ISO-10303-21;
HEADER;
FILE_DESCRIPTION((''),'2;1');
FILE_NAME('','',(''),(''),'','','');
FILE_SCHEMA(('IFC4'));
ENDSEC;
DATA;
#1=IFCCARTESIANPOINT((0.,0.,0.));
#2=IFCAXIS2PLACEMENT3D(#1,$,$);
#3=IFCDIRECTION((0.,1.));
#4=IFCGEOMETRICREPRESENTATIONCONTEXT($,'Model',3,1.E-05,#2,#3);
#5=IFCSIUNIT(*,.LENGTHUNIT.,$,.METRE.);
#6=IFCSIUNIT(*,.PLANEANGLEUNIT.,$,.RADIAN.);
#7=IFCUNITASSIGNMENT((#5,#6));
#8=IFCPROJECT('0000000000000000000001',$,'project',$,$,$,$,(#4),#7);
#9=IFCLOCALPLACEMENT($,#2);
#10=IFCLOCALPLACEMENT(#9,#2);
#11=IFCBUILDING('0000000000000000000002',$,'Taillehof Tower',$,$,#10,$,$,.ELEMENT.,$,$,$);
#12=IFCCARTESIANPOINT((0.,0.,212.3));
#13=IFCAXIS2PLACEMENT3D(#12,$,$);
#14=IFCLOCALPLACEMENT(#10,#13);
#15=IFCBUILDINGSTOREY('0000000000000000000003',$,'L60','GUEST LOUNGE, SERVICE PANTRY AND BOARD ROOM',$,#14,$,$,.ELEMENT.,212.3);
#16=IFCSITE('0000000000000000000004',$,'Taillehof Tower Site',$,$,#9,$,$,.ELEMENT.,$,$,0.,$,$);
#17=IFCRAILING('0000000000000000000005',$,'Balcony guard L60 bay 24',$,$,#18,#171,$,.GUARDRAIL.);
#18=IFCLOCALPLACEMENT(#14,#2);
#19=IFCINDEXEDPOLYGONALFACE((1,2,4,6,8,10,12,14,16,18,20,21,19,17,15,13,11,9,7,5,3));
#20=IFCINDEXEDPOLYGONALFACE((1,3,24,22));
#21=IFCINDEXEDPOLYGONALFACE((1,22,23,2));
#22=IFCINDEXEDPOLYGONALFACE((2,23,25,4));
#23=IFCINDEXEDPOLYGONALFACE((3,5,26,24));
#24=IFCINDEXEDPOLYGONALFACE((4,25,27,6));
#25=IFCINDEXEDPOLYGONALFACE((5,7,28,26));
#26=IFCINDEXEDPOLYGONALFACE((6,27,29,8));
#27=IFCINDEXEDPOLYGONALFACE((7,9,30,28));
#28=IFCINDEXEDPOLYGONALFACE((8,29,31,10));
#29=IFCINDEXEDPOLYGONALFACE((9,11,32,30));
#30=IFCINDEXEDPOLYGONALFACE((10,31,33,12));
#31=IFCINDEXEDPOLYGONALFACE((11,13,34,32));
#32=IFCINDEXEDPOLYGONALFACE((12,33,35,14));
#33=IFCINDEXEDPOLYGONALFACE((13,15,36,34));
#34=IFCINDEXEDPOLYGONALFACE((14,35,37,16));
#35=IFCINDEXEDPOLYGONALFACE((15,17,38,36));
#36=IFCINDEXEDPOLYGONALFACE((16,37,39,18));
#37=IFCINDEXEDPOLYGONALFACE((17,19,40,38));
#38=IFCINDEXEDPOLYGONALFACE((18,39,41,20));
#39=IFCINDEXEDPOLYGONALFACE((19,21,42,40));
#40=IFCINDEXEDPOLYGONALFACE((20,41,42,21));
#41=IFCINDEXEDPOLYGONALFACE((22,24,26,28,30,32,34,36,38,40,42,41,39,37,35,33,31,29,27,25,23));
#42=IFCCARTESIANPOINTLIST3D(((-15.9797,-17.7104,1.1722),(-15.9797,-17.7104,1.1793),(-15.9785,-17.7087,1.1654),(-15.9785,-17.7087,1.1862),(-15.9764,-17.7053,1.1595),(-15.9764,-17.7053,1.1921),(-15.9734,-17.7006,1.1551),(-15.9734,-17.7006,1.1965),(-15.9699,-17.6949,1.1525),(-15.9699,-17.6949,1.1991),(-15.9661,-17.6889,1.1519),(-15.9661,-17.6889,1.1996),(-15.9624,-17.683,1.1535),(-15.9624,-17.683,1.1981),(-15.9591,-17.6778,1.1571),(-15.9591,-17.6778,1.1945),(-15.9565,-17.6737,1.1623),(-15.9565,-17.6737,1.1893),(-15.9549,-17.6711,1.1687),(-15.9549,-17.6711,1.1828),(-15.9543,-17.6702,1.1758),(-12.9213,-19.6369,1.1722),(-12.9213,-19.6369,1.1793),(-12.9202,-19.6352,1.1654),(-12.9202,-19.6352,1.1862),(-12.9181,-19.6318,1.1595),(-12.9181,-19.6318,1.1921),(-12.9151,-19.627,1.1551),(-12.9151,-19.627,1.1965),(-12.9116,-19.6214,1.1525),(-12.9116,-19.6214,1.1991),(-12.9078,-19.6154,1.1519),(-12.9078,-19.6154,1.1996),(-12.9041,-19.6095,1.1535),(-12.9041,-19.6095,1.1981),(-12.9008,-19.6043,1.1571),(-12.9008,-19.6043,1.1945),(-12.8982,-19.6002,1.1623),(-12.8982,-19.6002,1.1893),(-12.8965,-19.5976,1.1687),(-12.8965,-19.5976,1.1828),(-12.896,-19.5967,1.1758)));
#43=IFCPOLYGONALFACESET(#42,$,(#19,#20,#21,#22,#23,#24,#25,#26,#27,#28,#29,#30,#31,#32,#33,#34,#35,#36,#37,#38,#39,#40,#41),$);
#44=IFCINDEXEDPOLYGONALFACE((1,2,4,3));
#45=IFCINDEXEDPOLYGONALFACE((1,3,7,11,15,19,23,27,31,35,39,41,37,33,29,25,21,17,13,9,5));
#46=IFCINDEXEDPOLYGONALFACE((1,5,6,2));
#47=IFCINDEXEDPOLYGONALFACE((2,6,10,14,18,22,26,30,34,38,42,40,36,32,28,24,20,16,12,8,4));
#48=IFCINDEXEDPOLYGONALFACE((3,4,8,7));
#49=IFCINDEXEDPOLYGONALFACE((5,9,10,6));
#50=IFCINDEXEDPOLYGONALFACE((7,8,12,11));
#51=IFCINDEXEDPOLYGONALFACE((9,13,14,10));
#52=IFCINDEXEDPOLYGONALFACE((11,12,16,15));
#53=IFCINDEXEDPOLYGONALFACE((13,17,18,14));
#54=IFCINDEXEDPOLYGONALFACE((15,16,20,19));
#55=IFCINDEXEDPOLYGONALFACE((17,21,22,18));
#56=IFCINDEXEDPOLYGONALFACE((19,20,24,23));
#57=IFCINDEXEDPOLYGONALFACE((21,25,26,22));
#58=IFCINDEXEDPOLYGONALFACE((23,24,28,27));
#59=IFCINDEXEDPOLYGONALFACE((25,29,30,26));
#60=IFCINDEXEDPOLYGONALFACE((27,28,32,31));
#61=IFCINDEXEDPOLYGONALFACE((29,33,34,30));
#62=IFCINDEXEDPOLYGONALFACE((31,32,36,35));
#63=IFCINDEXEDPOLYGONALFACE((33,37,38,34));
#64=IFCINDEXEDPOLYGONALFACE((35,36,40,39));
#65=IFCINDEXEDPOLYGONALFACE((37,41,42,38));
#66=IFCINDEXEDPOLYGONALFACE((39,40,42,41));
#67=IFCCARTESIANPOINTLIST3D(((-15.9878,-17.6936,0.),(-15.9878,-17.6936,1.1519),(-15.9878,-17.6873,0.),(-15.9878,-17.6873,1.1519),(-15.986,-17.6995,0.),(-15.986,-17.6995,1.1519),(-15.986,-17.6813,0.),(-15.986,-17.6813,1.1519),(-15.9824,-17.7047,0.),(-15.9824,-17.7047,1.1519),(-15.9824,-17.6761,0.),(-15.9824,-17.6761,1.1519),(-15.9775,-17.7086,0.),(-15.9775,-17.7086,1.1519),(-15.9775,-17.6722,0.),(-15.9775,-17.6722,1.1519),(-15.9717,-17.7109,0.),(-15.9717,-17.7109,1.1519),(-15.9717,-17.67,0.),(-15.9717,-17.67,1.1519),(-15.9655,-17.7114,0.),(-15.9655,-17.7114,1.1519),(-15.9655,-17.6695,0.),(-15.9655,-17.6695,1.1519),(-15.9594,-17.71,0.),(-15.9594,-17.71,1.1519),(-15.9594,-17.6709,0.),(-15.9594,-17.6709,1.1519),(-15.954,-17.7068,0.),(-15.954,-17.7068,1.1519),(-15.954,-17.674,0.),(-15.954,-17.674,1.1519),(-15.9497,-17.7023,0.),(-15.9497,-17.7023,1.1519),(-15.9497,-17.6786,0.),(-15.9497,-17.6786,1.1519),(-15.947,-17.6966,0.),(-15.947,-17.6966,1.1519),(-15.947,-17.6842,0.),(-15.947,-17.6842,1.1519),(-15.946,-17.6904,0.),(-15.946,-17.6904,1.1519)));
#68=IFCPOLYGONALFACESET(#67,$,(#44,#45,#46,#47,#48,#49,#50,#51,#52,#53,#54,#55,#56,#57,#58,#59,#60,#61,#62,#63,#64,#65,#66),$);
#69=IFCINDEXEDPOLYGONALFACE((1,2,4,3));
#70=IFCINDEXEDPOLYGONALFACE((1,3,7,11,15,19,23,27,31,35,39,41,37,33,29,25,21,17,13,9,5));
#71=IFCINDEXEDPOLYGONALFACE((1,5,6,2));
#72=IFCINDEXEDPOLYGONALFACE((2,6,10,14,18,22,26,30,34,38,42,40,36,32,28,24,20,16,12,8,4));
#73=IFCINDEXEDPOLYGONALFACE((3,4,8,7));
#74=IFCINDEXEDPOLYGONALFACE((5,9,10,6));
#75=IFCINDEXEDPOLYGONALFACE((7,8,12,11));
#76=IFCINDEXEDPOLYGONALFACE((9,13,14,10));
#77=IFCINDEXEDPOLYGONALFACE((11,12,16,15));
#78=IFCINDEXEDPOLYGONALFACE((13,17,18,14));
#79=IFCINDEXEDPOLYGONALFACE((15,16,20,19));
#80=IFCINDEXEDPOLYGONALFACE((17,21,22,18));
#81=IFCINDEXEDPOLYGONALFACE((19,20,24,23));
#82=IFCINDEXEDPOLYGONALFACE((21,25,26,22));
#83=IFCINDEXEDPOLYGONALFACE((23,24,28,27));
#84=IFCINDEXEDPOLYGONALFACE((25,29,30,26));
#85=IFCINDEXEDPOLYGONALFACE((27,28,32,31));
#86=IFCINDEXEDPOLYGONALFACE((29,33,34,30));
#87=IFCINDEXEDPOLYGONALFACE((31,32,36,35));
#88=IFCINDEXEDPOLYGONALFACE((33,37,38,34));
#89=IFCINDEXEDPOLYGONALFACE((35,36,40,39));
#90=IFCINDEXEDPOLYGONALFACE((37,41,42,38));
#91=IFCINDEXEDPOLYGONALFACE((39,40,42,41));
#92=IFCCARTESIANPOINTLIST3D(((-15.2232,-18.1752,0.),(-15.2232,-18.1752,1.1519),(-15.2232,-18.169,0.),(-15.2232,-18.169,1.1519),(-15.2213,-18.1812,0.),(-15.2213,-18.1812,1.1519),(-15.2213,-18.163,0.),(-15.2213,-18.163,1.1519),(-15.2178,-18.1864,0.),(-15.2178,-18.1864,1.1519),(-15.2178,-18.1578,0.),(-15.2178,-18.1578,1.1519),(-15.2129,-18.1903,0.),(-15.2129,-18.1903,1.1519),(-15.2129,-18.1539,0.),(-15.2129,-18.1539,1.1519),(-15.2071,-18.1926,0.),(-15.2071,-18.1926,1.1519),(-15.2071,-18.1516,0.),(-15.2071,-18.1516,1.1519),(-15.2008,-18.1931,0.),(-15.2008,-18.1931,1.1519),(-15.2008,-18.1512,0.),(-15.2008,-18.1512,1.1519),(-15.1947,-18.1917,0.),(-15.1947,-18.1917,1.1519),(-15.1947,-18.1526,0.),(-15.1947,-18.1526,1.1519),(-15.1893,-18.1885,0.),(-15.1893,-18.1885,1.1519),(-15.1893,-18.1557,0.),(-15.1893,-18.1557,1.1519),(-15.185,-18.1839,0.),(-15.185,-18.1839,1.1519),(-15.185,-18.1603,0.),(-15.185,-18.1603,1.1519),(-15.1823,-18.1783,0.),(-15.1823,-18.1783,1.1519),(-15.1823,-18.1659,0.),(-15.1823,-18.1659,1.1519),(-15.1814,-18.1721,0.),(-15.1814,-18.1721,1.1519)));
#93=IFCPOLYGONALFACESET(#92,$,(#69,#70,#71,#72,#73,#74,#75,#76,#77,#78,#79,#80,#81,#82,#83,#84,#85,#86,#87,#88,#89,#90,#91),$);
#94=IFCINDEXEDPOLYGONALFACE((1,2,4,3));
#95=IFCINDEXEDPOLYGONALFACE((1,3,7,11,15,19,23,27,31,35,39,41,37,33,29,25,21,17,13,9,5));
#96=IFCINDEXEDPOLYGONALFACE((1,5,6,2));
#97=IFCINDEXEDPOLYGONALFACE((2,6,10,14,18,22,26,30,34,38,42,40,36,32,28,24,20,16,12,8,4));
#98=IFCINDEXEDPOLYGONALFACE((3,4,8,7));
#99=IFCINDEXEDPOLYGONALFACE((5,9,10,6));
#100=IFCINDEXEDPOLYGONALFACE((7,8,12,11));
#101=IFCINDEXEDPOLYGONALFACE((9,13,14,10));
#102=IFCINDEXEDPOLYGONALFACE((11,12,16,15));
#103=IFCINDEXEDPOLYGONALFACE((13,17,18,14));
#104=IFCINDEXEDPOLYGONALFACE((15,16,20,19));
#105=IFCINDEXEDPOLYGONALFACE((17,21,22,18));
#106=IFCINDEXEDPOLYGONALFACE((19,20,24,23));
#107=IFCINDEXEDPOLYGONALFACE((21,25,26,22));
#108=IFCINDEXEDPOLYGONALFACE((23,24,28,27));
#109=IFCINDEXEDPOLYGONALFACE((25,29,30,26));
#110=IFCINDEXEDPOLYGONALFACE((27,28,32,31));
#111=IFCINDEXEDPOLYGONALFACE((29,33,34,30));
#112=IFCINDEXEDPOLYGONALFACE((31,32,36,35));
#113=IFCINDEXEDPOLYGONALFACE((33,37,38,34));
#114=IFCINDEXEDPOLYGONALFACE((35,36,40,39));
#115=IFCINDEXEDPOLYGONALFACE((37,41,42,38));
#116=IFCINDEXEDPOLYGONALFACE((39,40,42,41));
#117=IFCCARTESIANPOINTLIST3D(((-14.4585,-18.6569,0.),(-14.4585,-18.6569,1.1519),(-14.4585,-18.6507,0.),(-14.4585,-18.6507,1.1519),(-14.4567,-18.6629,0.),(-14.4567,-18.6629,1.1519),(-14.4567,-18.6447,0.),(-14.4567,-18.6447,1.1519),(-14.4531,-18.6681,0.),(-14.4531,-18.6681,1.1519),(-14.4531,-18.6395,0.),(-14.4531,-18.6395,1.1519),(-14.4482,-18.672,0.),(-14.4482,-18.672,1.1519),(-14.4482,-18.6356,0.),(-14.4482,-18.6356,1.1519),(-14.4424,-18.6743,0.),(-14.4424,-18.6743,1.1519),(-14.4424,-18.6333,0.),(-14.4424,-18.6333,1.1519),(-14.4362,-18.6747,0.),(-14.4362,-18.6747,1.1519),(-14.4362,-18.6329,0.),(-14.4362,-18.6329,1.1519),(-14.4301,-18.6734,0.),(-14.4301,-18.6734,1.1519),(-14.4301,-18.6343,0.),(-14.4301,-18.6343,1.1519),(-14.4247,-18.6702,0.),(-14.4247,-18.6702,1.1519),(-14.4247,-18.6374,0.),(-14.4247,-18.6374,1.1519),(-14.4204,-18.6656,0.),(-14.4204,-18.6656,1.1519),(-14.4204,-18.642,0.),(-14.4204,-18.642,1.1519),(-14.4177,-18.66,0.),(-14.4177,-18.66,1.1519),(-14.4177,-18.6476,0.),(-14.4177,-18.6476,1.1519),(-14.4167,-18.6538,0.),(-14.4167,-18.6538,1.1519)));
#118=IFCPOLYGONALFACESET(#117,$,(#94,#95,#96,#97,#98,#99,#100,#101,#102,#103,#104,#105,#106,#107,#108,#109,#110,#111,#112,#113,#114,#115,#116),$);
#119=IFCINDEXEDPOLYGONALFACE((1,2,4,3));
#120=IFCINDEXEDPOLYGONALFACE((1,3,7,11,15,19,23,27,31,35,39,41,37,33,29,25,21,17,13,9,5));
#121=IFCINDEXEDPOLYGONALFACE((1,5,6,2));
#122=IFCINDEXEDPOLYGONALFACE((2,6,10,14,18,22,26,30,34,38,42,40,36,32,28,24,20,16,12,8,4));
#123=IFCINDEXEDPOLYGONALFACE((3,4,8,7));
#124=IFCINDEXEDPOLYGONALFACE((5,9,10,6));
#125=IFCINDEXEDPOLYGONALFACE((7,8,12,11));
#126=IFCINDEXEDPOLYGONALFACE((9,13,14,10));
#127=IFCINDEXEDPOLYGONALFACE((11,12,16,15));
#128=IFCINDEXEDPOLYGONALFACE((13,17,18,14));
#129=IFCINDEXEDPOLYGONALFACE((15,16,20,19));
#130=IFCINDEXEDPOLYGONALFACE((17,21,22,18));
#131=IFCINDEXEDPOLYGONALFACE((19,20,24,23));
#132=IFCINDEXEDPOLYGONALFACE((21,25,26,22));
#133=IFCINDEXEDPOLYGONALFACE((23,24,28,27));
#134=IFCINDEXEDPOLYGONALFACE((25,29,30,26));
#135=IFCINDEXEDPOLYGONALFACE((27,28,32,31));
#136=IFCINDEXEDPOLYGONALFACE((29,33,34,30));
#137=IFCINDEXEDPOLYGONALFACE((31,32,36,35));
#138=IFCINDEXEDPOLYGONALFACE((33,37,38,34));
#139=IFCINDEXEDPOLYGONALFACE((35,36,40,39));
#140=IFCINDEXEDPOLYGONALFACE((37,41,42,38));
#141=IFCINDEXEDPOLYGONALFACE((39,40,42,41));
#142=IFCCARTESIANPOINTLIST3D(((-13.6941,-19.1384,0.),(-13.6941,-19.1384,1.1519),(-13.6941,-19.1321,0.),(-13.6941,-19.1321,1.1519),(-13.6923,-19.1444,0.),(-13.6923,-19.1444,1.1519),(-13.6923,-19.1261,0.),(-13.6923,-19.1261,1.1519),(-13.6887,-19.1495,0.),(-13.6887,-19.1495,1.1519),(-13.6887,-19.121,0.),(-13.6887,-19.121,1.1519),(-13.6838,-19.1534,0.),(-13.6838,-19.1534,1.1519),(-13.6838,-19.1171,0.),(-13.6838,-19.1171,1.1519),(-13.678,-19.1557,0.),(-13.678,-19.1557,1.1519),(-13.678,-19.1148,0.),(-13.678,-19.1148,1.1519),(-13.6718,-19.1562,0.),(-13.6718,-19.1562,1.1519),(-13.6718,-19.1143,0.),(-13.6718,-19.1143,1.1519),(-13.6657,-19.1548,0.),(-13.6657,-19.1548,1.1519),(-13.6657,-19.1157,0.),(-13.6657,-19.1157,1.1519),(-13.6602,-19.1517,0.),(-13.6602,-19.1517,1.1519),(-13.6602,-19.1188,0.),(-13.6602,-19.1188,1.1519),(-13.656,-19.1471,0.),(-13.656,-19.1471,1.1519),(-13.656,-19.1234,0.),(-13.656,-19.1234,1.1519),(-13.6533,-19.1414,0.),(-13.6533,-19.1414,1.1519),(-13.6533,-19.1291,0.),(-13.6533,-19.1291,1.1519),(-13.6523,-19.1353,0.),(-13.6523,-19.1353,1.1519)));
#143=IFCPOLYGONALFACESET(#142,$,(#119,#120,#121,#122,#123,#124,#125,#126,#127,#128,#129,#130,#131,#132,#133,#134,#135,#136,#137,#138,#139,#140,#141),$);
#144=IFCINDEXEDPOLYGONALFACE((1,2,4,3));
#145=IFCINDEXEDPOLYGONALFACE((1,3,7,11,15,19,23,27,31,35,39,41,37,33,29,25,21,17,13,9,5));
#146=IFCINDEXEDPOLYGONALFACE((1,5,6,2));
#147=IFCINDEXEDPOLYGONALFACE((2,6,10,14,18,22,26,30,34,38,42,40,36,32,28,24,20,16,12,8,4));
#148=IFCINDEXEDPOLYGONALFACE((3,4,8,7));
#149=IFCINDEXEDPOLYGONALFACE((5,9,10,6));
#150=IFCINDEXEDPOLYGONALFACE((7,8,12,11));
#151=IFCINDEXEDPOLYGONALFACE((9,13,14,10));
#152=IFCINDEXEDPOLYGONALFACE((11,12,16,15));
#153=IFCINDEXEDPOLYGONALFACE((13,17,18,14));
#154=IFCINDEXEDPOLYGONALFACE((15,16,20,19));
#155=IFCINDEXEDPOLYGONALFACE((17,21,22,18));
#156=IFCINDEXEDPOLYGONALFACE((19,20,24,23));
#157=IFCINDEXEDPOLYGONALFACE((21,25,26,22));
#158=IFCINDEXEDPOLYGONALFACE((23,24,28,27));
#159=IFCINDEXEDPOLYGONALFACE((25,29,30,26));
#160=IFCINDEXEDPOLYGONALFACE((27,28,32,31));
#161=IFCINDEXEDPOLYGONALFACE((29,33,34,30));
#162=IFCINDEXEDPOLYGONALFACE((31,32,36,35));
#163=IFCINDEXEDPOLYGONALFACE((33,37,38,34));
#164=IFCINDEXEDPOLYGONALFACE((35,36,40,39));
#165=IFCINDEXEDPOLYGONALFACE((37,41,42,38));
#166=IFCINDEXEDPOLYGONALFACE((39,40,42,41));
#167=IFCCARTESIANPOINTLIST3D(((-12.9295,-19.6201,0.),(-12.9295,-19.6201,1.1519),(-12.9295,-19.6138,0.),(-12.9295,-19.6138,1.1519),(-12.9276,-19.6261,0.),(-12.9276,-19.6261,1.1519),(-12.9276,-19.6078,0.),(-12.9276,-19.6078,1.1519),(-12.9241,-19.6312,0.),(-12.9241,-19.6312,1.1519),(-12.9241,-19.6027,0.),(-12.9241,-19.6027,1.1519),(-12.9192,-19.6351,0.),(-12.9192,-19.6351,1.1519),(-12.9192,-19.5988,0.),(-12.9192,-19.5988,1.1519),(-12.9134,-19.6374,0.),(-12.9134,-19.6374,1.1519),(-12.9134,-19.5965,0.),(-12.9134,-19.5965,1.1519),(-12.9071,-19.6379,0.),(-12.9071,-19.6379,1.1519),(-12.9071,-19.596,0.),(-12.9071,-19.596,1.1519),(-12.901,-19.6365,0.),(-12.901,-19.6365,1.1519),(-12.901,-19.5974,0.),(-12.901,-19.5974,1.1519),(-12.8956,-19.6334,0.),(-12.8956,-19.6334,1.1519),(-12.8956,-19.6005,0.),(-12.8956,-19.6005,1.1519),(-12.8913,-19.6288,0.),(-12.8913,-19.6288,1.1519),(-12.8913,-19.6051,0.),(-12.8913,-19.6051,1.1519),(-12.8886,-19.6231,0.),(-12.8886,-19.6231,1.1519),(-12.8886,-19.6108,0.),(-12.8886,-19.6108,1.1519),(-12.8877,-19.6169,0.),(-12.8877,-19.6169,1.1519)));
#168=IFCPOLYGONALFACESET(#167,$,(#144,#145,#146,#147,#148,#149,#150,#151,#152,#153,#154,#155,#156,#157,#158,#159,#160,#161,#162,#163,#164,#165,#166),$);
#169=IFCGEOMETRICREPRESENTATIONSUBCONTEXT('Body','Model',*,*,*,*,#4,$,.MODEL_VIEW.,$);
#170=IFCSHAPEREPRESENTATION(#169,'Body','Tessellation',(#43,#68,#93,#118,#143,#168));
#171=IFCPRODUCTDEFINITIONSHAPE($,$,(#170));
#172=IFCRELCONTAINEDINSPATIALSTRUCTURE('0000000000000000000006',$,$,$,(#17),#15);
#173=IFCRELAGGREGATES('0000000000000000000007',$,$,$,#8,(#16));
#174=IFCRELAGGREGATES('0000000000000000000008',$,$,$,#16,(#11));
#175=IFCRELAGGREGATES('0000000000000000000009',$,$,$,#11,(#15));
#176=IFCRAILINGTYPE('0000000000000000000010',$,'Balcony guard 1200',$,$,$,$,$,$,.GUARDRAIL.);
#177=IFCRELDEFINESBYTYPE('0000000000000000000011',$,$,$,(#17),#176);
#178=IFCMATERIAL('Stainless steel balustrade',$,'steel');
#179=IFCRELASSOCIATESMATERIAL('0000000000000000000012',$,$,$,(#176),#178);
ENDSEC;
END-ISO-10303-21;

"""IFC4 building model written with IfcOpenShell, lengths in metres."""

from ifc_helpers import new_model, si_unit, direction, frame, origin, origin_2d, place, context, subcontext, project, spatial, circle, extrude, material, type_object, element, save


model = new_model("IFC4")

# Units and contexts
model_context = context("Model", 3, precision=1e-05, world=origin(), true_north=direction((0.0, 1.0)))
body_context = subcontext(model_context, "Body", "Model", "MODEL_VIEW")
ifc_project = project(units=[si_unit("LENGTHUNIT", "METRE"), si_unit("PLANEANGLEUNIT", "RADIAN")], contexts=[model_context])

# Site, building, storey
site_placement = place(None, origin())
site = spatial("IfcSite", under=ifc_project, at=site_placement, Name="Taillehof Tower Site", CompositionType="ELEMENT", RefElevation=0.0)
building_placement = place(site_placement, origin())
building = spatial("IfcBuilding", under=site, at=building_placement, Name="Taillehof Tower", CompositionType="ELEMENT")
storey_placement = place(building_placement, frame((0.0, 0.0, 212.3)))
storey = spatial("IfcBuildingStorey", under=building, at=storey_placement, Name="L60", Description="GUEST LOUNGE, SERVICE PANTRY AND BOARD ROOM", CompositionType="ELEMENT", Elevation=212.3)

# Railing
ifc_material_1 = material(Name="Stainless steel balustrade", Category="steel")
railing_type_1 = type_object("IfcRailingType", Name="Balcony guard 1200", PredefinedType="GUARDRAIL", material=ifc_material_1)
railing_1_placement = place(storey_placement, frame((-15.967, -17.6904, 0.0)))
element("IfcRailing", 1, at=railing_1_placement, inside=storey, type_object=railing_type_1, Name="Balcony guard L60 bay 24", PredefinedType="GUARDRAIL", context=body_context, shape_type="SweptSolid", body=[
    extrude(circle(Radius=0.0239, at=origin_2d()), frame((0.0, 0.0, 1.1758), z_axis=(0.846122, -0.532989, 0.0), x_axis=(0.532989, 0.846122, 0.0)), (0.0, 0.0, 1.0), 3.6145),
    extrude(circle(Radius=0.021, at=origin_2d()), origin(), (0.0, 0.0, 1.0), 1.1519),
    extrude(circle(Radius=0.021, at=origin_2d()), frame((0.7646, -0.4817, 0.0)), (0.0, 0.0, 1.0), 1.1519),
    extrude(circle(Radius=0.021, at=origin_2d()), frame((1.5293, -0.9634, 0.0)), (0.0, 0.0, 1.0), 1.1519),
    extrude(circle(Radius=0.021, at=origin_2d()), frame((2.2937, -1.4448, 0.0)), (0.0, 0.0, 1.0), 1.1519),
    extrude(circle(Radius=0.021, at=origin_2d()), frame((3.0583, -1.9265, 0.0)), (0.0, 0.0, 1.0), 1.1519),
])

save(model, "model.ifc")
